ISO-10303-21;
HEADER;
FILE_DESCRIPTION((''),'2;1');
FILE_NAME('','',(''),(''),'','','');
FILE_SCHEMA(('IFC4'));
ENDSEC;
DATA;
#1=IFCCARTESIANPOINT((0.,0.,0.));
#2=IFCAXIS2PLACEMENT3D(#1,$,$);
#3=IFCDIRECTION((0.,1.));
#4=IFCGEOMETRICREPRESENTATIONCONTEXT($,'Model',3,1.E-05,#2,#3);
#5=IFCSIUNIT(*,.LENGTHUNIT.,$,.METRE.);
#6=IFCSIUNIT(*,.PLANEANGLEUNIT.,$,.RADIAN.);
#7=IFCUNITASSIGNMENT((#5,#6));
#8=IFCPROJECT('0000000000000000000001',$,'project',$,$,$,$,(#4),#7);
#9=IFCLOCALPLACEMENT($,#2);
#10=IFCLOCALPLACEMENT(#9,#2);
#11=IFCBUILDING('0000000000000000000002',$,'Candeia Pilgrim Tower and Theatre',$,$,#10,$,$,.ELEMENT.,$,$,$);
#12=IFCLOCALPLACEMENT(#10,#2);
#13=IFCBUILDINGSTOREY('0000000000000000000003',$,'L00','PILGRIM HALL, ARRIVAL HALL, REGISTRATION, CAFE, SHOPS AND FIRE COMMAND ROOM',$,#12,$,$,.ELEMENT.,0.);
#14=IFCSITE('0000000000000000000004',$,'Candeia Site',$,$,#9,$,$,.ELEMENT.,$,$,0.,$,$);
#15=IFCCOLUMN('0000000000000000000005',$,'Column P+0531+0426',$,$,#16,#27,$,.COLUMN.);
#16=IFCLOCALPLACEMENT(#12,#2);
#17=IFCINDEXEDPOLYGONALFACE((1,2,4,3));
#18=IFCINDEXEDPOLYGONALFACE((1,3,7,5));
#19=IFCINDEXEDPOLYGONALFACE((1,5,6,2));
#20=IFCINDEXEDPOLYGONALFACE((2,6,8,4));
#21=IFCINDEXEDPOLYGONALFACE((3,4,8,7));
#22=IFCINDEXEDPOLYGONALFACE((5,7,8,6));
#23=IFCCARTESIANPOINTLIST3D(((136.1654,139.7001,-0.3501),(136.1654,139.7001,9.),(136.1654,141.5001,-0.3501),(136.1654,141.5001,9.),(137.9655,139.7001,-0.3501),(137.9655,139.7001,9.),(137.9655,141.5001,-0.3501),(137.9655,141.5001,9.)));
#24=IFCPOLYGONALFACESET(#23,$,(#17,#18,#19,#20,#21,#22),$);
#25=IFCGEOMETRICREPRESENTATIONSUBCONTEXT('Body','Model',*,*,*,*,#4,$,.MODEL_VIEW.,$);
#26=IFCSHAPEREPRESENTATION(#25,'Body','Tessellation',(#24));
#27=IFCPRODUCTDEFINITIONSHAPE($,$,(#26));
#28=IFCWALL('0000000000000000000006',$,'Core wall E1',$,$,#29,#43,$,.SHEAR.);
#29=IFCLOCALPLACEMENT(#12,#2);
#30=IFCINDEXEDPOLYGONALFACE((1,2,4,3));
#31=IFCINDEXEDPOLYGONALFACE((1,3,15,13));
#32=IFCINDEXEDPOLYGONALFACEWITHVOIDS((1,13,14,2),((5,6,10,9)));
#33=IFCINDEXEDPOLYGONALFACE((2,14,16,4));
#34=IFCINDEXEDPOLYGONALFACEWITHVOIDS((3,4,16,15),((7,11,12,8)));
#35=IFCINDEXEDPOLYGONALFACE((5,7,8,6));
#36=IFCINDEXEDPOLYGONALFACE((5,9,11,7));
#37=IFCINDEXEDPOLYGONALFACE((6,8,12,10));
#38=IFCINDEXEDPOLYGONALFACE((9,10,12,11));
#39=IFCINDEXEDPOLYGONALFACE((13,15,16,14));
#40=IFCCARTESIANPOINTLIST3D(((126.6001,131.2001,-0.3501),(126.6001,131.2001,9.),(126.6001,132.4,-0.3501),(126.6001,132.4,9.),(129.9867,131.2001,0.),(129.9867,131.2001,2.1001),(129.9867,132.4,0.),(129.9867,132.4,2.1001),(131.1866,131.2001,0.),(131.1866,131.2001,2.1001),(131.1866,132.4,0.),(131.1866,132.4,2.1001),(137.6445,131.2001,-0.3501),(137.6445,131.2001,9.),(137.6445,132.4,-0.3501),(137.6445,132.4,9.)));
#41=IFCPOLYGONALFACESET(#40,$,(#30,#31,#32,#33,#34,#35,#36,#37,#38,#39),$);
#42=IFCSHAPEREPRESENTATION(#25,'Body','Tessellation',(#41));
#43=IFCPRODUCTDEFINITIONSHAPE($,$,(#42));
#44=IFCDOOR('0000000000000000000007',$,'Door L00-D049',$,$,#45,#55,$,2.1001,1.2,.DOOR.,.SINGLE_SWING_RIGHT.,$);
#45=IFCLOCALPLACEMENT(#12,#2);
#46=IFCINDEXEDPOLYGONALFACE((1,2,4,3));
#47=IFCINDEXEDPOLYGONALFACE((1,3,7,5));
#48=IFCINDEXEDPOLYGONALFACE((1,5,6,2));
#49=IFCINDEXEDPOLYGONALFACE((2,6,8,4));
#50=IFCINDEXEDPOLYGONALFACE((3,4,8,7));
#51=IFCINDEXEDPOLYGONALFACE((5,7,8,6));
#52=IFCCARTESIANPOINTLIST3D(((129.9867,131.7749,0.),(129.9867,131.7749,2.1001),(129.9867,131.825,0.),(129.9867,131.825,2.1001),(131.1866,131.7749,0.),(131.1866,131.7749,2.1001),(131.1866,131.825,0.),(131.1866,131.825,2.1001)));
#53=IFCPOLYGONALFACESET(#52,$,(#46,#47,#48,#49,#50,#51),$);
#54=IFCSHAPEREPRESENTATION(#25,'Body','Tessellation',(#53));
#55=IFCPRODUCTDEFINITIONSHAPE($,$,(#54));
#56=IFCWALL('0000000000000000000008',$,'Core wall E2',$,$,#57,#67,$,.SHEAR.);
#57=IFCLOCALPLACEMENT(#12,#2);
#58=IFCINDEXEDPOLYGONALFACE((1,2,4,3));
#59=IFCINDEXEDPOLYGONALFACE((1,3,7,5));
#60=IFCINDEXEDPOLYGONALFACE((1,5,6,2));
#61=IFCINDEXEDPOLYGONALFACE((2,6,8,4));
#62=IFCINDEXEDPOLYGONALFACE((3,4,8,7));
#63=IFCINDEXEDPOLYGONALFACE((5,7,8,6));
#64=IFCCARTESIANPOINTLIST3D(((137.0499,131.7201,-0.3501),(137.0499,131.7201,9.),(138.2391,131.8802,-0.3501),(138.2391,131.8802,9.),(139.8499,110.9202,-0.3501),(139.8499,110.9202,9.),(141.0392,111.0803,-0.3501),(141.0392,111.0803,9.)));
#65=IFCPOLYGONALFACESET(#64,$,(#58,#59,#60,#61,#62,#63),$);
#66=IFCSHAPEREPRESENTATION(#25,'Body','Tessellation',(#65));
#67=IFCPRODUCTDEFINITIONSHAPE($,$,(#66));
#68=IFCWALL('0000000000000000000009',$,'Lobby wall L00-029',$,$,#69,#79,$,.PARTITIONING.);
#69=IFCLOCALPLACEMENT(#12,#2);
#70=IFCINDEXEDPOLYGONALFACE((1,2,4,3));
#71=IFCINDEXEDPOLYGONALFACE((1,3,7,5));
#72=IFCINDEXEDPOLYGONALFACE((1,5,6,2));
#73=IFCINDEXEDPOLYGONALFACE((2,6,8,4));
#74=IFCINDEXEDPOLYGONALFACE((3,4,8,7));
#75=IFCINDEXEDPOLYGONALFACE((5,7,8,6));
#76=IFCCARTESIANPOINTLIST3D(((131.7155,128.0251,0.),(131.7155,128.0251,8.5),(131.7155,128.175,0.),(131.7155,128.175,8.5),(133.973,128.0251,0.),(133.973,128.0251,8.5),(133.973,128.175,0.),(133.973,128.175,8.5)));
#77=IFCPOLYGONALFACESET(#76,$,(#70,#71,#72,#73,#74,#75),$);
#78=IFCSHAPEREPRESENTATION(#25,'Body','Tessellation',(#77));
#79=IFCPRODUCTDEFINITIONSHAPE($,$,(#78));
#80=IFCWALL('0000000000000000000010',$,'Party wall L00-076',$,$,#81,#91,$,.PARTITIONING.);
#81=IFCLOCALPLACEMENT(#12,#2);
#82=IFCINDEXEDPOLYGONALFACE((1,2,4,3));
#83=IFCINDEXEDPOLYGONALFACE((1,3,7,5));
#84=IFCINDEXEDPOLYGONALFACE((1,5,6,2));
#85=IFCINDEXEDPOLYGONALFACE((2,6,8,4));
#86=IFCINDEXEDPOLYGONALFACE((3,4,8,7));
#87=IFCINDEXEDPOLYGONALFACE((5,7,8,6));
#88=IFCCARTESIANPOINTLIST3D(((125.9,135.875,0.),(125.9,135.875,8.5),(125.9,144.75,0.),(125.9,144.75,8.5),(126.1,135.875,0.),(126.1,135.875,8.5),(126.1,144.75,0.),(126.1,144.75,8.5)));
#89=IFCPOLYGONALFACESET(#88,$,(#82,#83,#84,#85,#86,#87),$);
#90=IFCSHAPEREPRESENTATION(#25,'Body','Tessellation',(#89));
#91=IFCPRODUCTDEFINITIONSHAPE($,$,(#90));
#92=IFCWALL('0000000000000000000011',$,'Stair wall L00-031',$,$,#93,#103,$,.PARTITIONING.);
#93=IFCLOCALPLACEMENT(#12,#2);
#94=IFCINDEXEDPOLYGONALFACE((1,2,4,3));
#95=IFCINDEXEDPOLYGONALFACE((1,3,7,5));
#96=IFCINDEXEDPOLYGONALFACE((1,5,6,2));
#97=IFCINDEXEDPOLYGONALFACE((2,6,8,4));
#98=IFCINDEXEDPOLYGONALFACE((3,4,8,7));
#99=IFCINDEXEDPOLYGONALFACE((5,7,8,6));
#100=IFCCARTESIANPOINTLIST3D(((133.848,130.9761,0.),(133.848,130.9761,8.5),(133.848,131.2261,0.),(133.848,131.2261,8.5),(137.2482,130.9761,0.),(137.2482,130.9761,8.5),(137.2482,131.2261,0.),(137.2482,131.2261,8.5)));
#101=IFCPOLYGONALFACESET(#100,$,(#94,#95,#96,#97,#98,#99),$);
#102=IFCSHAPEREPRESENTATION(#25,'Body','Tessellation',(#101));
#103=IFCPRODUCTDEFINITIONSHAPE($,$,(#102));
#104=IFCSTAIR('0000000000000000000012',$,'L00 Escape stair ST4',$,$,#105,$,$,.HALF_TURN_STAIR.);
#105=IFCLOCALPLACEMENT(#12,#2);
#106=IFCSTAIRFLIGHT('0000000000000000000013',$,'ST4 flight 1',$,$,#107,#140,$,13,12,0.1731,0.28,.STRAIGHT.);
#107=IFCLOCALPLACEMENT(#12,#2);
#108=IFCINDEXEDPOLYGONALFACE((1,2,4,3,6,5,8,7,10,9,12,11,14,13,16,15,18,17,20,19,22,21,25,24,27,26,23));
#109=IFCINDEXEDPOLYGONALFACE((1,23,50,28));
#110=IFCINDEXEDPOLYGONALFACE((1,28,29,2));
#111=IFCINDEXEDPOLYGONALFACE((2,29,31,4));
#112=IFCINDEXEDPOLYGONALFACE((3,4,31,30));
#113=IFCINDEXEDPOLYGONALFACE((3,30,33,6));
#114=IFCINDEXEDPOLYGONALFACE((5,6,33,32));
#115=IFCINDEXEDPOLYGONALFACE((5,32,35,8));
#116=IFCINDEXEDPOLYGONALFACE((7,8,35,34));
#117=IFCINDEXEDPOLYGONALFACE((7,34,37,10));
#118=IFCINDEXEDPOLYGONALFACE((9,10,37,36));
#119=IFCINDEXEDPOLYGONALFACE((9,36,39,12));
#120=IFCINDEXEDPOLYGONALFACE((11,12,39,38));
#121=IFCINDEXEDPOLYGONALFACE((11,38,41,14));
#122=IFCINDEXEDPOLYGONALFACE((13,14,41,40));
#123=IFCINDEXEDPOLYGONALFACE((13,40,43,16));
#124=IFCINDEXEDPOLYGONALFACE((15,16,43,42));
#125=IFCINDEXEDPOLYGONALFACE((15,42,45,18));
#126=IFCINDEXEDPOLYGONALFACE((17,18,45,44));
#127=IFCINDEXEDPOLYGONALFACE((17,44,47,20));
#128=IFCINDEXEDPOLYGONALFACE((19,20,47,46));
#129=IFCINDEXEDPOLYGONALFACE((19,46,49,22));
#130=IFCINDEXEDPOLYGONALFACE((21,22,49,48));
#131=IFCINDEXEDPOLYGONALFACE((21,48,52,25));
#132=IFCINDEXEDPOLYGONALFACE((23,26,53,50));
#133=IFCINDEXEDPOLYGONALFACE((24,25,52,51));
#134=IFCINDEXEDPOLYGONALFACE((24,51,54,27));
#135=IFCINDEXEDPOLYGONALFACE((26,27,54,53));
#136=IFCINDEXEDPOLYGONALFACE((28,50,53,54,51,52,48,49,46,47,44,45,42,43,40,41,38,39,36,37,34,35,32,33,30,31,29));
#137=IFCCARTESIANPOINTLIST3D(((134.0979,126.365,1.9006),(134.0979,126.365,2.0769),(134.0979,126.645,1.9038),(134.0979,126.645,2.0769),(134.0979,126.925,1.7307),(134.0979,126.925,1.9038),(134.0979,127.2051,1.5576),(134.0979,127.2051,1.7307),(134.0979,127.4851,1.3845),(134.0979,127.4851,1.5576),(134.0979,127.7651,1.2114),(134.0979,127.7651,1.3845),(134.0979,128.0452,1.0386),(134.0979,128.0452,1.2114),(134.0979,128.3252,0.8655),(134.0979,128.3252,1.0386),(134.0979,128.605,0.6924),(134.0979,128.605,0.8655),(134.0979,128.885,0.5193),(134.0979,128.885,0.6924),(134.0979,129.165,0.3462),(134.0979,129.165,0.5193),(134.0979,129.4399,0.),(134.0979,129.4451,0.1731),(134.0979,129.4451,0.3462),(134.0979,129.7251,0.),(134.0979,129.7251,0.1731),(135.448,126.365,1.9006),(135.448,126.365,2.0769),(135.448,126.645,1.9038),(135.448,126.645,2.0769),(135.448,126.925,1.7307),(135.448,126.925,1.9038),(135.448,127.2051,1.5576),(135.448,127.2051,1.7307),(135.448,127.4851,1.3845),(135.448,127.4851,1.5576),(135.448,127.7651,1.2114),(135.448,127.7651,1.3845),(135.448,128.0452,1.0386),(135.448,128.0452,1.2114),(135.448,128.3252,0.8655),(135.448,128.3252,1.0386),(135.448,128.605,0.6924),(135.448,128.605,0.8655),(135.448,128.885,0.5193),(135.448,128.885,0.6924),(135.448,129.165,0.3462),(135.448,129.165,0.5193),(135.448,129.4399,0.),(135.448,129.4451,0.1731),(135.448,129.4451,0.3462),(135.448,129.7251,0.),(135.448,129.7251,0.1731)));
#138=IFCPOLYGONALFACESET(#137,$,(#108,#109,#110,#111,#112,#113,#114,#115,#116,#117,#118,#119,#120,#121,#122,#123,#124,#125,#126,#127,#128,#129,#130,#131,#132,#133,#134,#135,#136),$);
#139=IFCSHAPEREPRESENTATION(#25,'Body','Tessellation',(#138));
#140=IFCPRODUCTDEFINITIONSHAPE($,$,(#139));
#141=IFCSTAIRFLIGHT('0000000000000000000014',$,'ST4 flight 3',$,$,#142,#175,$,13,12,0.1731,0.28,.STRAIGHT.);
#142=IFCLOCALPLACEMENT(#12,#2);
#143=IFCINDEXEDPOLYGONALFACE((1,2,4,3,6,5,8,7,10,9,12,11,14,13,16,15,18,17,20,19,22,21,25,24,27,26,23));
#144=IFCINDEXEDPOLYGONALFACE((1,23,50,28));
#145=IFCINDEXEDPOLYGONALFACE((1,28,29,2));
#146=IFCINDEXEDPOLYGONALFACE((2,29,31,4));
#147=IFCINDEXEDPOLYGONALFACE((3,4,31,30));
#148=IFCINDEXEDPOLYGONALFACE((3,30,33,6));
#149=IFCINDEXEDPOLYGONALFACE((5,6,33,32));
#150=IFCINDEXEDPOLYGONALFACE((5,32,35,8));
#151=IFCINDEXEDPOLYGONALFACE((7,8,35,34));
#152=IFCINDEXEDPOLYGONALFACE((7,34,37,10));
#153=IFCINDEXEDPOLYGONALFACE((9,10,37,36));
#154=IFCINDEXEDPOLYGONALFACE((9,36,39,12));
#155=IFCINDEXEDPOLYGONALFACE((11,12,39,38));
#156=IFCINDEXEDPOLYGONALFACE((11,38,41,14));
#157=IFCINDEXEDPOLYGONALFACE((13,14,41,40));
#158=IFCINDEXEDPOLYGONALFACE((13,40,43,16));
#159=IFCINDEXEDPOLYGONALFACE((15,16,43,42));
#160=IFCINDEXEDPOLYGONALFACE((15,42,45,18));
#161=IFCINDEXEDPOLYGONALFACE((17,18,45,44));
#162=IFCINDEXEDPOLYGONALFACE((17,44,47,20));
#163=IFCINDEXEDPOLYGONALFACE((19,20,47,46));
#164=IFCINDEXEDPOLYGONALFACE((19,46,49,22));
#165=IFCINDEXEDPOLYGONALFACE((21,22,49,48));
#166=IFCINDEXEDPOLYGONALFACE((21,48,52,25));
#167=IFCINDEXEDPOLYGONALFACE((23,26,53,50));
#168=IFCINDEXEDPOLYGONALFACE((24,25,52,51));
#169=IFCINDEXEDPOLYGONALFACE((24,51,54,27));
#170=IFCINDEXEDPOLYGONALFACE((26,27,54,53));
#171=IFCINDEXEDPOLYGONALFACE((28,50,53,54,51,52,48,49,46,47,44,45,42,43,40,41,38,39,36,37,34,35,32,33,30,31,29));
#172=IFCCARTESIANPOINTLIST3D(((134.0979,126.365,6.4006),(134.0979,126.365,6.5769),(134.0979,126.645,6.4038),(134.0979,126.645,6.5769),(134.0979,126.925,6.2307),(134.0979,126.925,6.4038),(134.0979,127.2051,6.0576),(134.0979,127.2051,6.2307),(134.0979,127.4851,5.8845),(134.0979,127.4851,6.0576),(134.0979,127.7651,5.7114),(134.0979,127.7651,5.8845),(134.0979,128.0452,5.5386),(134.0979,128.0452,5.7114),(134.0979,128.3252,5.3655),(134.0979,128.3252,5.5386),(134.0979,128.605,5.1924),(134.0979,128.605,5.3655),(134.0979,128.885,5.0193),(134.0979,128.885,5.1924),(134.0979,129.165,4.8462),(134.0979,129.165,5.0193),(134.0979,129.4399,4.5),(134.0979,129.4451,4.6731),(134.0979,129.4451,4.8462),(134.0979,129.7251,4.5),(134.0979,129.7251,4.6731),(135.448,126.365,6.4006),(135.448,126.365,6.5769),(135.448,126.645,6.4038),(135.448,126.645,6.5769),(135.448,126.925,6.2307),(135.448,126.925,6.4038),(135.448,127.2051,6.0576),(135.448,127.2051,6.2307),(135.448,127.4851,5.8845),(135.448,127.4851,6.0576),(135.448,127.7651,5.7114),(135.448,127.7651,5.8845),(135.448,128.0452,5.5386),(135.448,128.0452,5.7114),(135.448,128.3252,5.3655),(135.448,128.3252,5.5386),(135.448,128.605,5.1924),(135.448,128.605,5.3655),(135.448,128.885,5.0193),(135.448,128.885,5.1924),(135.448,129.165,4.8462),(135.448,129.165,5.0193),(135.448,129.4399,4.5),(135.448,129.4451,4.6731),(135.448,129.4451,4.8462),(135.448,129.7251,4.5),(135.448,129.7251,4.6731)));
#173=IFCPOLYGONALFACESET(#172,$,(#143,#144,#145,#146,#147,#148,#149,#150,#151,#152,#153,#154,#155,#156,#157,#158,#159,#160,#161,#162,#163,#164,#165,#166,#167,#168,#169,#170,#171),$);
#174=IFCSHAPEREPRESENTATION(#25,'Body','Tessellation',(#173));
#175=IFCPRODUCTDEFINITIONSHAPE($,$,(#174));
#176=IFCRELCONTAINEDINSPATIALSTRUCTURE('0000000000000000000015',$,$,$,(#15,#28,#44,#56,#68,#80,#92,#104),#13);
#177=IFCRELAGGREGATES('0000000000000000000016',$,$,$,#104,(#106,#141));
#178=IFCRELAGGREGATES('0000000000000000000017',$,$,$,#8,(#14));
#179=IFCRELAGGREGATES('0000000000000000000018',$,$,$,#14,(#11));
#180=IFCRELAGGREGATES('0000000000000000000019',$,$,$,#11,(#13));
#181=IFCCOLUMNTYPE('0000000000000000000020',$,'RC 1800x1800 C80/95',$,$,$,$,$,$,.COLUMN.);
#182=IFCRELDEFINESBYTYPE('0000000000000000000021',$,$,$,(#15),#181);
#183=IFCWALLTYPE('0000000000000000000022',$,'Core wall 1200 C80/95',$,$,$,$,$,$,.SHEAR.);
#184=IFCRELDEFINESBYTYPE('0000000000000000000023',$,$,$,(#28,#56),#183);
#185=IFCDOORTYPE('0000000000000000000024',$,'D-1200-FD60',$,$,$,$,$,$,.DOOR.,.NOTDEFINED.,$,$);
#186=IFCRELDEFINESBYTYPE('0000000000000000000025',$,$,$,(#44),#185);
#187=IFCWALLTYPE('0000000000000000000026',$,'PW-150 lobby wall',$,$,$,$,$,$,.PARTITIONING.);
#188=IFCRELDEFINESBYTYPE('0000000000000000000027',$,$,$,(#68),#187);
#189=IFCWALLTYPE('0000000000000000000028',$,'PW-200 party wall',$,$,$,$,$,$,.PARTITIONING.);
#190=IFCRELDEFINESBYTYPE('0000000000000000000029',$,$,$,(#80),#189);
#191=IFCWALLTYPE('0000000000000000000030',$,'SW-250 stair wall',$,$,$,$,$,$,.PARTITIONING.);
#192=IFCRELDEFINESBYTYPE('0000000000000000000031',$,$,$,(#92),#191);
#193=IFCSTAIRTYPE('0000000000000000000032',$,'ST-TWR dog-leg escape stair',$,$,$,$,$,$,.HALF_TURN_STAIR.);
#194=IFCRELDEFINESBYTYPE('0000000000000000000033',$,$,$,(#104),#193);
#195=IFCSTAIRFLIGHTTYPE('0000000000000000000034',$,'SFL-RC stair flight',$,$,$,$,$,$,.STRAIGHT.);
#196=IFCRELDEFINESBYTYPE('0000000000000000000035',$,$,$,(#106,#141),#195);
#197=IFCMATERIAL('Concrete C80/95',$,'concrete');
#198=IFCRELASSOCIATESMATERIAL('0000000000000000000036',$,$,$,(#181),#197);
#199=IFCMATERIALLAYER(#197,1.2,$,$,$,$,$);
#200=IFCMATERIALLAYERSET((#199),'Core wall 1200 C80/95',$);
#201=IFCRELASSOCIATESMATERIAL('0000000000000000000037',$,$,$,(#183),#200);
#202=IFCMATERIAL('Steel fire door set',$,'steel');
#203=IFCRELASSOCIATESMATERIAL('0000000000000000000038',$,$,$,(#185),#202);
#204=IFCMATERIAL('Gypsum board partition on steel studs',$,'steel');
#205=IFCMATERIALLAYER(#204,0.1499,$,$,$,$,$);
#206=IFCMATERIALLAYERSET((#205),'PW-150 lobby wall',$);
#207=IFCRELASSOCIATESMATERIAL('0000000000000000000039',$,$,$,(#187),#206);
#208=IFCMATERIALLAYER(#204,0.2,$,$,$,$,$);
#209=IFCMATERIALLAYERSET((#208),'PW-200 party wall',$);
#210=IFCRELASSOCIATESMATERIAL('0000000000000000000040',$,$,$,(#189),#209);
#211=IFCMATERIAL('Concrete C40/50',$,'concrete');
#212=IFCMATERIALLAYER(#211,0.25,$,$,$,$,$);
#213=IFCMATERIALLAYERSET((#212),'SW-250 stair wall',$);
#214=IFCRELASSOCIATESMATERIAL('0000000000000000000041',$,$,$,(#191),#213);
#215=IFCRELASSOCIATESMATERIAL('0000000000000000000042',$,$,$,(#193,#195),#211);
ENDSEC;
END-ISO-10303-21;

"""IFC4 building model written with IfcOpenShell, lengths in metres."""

from ifc_helpers import new_model, si_unit, direction, frame, frame_2d, origin, origin_2d, place, context, subcontext, project, spatial, polyline, rectangle, outline, extrude, material, layer, layer_set, material_profile, profile_set, type_object, element, fill, aggregate, save


model = new_model("IFC4")

# Units and contexts
model_context = context("Model", 3, precision=1e-05, world=origin(), true_north=direction((0.0, 1.0)))
body_context = subcontext(model_context, "Body", "Model", "MODEL_VIEW")
ifc_project = project(units=[si_unit("LENGTHUNIT", "METRE"), si_unit("PLANEANGLEUNIT", "RADIAN")], contexts=[model_context])

# Site, building, storey
site_placement = place(None, origin())
site = spatial("IfcSite", under=ifc_project, at=site_placement, Name="Candeia Site", CompositionType="ELEMENT", RefElevation=0.0)
building_placement = place(site_placement, origin())
building = spatial("IfcBuilding", under=site, at=building_placement, Name="Candeia Pilgrim Tower and Theatre", CompositionType="ELEMENT")
storey_placement = place(building_placement, origin())
storey = spatial("IfcBuildingStorey", under=building, at=storey_placement, Name="L00", Description="PILGRIM HALL, ARRIVAL HALL, REGISTRATION, CAFE, SHOPS AND FIRE COMMAND ROOM", CompositionType="ELEMENT", Elevation=0.0)

# Shared definitions
ifc_material_1 = material(Name="Concrete C40/50", Category="concrete")

# Column
ifc_material_2 = material(Name="Concrete C80/95", Category="concrete")
ifc_material_profile_1 = material_profile(ifc_material_2, rectangle(XDim=1.8, YDim=1.8, at=origin_2d()))
ifc_profile_set_1 = profile_set([ifc_material_profile_1], Name="Concrete C80/95")
column_type = type_object("IfcColumnType", Name="RC 1800x1800 C80/95", PredefinedType="COLUMN", material=ifc_profile_set_1)
for number, where, z_axis, x_axis, name in (
    (1, (137.0654, 140.6001, -0.3501), (0.0, 0.0, 1.0), (1.0, 0.0, 0.0), "Column P+0531+0426"),
):
    element("IfcColumn", number, at=place(storey_placement, frame(where, z_axis=z_axis, x_axis=x_axis)), inside=storey, type_object=column_type, Name=name, PredefinedType="COLUMN", context=body_context, shape_type="SweptSolid", body=[
        extrude(rectangle(XDim=1.8, YDim=1.8, at=origin_2d()), origin(), (0.0, 0.0, 1.0), 9.3501),
    ])

# Wall, opening, door
ifc_layer_1 = layer(ifc_material_2, 1.2)
ifc_layer_set_1 = layer_set([ifc_layer_1], Name="Core wall 1200 C80/95")
wall_type_1 = type_object("IfcWallType", Name="Core wall 1200 C80/95", PredefinedType="SHEAR", material=ifc_layer_set_1)
wall_1_placement = place(storey_placement, frame((126.6001, 131.8, -0.3501), z_axis=(0.0, 0.0, 1.0), x_axis=(1.0, 0.0, 0.0)))
wall_1 = element("IfcWall", 2, at=wall_1_placement, inside=storey, type_object=wall_type_1, Name="Core wall E1", PredefinedType="SHEAR", context=body_context, shape_type="SweptSolid", body=[
    extrude(rectangle(XDim=11.0444, YDim=1.2, at=frame_2d((5.5222, 0.0))), origin(), (0.0, 0.0, 1.0), 9.3501),
])
opening_placement = place(wall_1_placement, frame((3.3865, 0.0, 0.3501)))
opening = element("IfcOpeningElement", 3, at=opening_placement, cuts=wall_1, PredefinedType="OPENING", context=body_context, shape_type="SweptSolid", body=[
    extrude(rectangle(XDim=1.2, YDim=2.1001, at=frame_2d((0.6001, 1.05))), frame((0.0, 0.6099, 0.0), z_axis=(0.0, -1.0, 0.0), x_axis=(1.0, 0.0, 0.0)), (0.0, 0.0, 1.0), 1.22),
])
ifc_material_3 = material(Name="Steel fire door set", Category="steel")
door_type = type_object("IfcDoorType", Name="D-1200-FD60", OperationType="NOTDEFINED", PredefinedType="DOOR", material=ifc_material_3)
door_placement = place(opening_placement, origin())
door = element("IfcDoor", 4, at=door_placement, inside=storey, type_object=door_type, Name="Door L00-D049", OperationType="SINGLE_SWING_RIGHT", OverallHeight=2.1001, OverallWidth=1.2, PredefinedType="DOOR", context=body_context, shape_type="SweptSolid", body=[
    extrude(rectangle(XDim=1.2, YDim=2.1001, at=frame_2d((0.6001, 1.05))), frame((0.0, 0.0249, 0.0), z_axis=(0.0, -1.0, 0.0), x_axis=(1.0, 0.0, 0.0)), (0.0, 0.0, 1.0), 0.05),
])
fill(opening, door)

# Walls
wall_2_placement = place(storey_placement, frame((137.6445, 131.8, -0.3501), z_axis=(0.0, 0.0, 1.0), x_axis=(0.133414, -0.99106, 0.0)))
element("IfcWall", 5, at=wall_2_placement, inside=storey, type_object=wall_type_1, Name="Core wall E2", PredefinedType="SHEAR", context=body_context, shape_type="SweptSolid", body=[
    extrude(rectangle(XDim=20.9875, YDim=1.2, at=frame_2d((10.4937, 0.0))), origin(), (0.0, 0.0, 1.0), 9.3501),
])
ifc_material_4 = material(Name="Gypsum board partition on steel studs", Category="steel")
ifc_layer_2 = layer(ifc_material_4, 0.1499)
ifc_layer_set_2 = layer_set([ifc_layer_2], Name="PW-150 lobby wall")
wall_type_2 = type_object("IfcWallType", Name="PW-150 lobby wall", PredefinedType="PARTITIONING", material=ifc_layer_set_2)
wall_3_placement = place(storey_placement, frame((131.7153, 128.1001, 0.0), z_axis=(0.0, 0.0, 1.0), x_axis=(1.0, 0.0, 0.0)))
element("IfcWall", 6, at=wall_3_placement, inside=storey, type_object=wall_type_2, Name="Lobby wall L00-029", PredefinedType="PARTITIONING", context=body_context, shape_type="SweptSolid", body=[
    extrude(rectangle(XDim=2.2576, YDim=0.1499, at=frame_2d((1.1289, 0.0))), origin(), (0.0, 0.0, 1.0), 8.5),
])
ifc_layer_3 = layer(ifc_material_4, 0.2)
ifc_layer_set_3 = layer_set([ifc_layer_3], Name="PW-200 party wall")
wall_type_3 = type_object("IfcWallType", Name="PW-200 party wall", PredefinedType="PARTITIONING", material=ifc_layer_set_3)
wall_4_placement = place(storey_placement, frame((126.0, 135.875, 0.0), z_axis=(0.0, 0.0, 1.0), x_axis=(0.0, 1.0, 0.0)))
element("IfcWall", 7, at=wall_4_placement, inside=storey, type_object=wall_type_3, Name="Party wall L00-076", PredefinedType="PARTITIONING", context=body_context, shape_type="SweptSolid", body=[
    extrude(rectangle(XDim=8.875, YDim=0.2, at=frame_2d((4.4375, 0.0))), origin(), (0.0, 0.0, 1.0), 8.5),
])
ifc_layer_4 = layer(ifc_material_1, 0.25)
ifc_layer_set_4 = layer_set([ifc_layer_4], Name="SW-250 stair wall")
wall_type_4 = type_object("IfcWallType", Name="SW-250 stair wall", PredefinedType="PARTITIONING", material=ifc_layer_set_4)
wall_5_placement = place(storey_placement, frame((133.8479, 131.1011, 0.0), z_axis=(0.0, 0.0, 1.0), x_axis=(1.0, 0.0, 0.0)))
element("IfcWall", 8, at=wall_5_placement, inside=storey, type_object=wall_type_4, Name="Stair wall L00-031", PredefinedType="PARTITIONING", context=body_context, shape_type="SweptSolid", body=[
    extrude(rectangle(XDim=3.4001, YDim=0.25, at=frame_2d((1.7002, 0.0))), origin(), (0.0, 0.0, 1.0), 8.5),
])

# Stair, stair flights
stair_type = type_object("IfcStairType", Name="ST-TWR dog-leg escape stair", PredefinedType="HALF_TURN_STAIR", material=ifc_material_1)
stair_placement = place(storey_placement, origin())
stair = element("IfcStair", 9, at=stair_placement, inside=storey, type_object=stair_type, Name="L00 Escape stair ST4", PredefinedType="HALF_TURN_STAIR")
stair_flight_type = type_object("IfcStairFlightType", Name="SFL-RC stair flight", PredefinedType="STRAIGHT", material=ifc_material_1)
stair_flight_1_placement = place(storey_placement, frame((134.7729, 129.7251, 0.0), z_axis=(0.0, 0.0, 1.0), x_axis=(0.0, -1.0, 0.0)))
stair_flight_1 = element("IfcStairFlight", 10, at=stair_flight_1_placement, type_object=stair_flight_type, Name="ST4 flight 1", NumberOfRisers=13, NumberOfTreads=12, PredefinedType="STRAIGHT", RiserHeight=0.1731, TreadLength=0.28, context=body_context, shape_type="SweptSolid", body=[
    extrude(outline(polyline([(0.0, 0.0), (0.0, 0.1731), (0.28, 0.1731), (0.28, 0.3462), (0.5601, 0.3462), (0.5601, 0.5193), (0.8401, 0.5193), (0.8401, 0.6924), (1.1201, 0.6924), (1.1201, 0.8655), (1.3999, 0.8655), (1.3999, 1.0386), (1.6799, 1.0386), (1.6799, 1.2114), (1.96, 1.2114), (1.96, 1.3845), (2.24, 1.3845), (2.24, 1.5576), (2.52, 1.5576), (2.52, 1.7307), (2.8, 1.7307), (2.8, 1.9038), (3.0801, 1.9038), (3.0801, 2.0769), (3.3601, 2.0769), (3.3601, 2.25), (3.3601, 1.9006), (0.2852, 0.0), (0.0, 0.0)])), frame((0.0, 0.675, 0.0), z_axis=(0.0, -1.0, 0.0), x_axis=(1.0, 0.0, 0.0)), (0.0, 0.0, 1.0), 1.3501),
])
stair_flight_2_placement = place(storey_placement, frame((134.7729, 129.7251, 4.5), z_axis=(0.0, 0.0, 1.0), x_axis=(0.0, -1.0, 0.0)))
stair_flight_2 = element("IfcStairFlight", 11, at=stair_flight_2_placement, type_object=stair_flight_type, Name="ST4 flight 3", NumberOfRisers=13, NumberOfTreads=12, PredefinedType="STRAIGHT", RiserHeight=0.1731, TreadLength=0.28, context=body_context, shape_type="SweptSolid", body=[
    extrude(outline(polyline([(0.0, 0.0), (0.0, 0.1731), (0.28, 0.1731), (0.28, 0.3462), (0.5601, 0.3462), (0.5601, 0.5193), (0.8401, 0.5193), (0.8401, 0.6924), (1.1201, 0.6924), (1.1201, 0.8655), (1.3999, 0.8655), (1.3999, 1.0386), (1.6799, 1.0386), (1.6799, 1.2114), (1.96, 1.2114), (1.96, 1.3845), (2.24, 1.3845), (2.24, 1.5576), (2.52, 1.5576), (2.52, 1.7307), (2.8, 1.7307), (2.8, 1.9038), (3.0801, 1.9038), (3.0801, 2.0769), (3.3601, 2.0769), (3.3601, 2.25), (3.3601, 1.9006), (0.2852, 0.0), (0.0, 0.0)])), frame((0.0, 0.675, 0.0), z_axis=(0.0, -1.0, 0.0), x_axis=(1.0, 0.0, 0.0)), (0.0, 0.0, 1.0), 1.3501),
])
aggregate(stair, [stair_flight_1, stair_flight_2])

save(model, "model.ifc")
